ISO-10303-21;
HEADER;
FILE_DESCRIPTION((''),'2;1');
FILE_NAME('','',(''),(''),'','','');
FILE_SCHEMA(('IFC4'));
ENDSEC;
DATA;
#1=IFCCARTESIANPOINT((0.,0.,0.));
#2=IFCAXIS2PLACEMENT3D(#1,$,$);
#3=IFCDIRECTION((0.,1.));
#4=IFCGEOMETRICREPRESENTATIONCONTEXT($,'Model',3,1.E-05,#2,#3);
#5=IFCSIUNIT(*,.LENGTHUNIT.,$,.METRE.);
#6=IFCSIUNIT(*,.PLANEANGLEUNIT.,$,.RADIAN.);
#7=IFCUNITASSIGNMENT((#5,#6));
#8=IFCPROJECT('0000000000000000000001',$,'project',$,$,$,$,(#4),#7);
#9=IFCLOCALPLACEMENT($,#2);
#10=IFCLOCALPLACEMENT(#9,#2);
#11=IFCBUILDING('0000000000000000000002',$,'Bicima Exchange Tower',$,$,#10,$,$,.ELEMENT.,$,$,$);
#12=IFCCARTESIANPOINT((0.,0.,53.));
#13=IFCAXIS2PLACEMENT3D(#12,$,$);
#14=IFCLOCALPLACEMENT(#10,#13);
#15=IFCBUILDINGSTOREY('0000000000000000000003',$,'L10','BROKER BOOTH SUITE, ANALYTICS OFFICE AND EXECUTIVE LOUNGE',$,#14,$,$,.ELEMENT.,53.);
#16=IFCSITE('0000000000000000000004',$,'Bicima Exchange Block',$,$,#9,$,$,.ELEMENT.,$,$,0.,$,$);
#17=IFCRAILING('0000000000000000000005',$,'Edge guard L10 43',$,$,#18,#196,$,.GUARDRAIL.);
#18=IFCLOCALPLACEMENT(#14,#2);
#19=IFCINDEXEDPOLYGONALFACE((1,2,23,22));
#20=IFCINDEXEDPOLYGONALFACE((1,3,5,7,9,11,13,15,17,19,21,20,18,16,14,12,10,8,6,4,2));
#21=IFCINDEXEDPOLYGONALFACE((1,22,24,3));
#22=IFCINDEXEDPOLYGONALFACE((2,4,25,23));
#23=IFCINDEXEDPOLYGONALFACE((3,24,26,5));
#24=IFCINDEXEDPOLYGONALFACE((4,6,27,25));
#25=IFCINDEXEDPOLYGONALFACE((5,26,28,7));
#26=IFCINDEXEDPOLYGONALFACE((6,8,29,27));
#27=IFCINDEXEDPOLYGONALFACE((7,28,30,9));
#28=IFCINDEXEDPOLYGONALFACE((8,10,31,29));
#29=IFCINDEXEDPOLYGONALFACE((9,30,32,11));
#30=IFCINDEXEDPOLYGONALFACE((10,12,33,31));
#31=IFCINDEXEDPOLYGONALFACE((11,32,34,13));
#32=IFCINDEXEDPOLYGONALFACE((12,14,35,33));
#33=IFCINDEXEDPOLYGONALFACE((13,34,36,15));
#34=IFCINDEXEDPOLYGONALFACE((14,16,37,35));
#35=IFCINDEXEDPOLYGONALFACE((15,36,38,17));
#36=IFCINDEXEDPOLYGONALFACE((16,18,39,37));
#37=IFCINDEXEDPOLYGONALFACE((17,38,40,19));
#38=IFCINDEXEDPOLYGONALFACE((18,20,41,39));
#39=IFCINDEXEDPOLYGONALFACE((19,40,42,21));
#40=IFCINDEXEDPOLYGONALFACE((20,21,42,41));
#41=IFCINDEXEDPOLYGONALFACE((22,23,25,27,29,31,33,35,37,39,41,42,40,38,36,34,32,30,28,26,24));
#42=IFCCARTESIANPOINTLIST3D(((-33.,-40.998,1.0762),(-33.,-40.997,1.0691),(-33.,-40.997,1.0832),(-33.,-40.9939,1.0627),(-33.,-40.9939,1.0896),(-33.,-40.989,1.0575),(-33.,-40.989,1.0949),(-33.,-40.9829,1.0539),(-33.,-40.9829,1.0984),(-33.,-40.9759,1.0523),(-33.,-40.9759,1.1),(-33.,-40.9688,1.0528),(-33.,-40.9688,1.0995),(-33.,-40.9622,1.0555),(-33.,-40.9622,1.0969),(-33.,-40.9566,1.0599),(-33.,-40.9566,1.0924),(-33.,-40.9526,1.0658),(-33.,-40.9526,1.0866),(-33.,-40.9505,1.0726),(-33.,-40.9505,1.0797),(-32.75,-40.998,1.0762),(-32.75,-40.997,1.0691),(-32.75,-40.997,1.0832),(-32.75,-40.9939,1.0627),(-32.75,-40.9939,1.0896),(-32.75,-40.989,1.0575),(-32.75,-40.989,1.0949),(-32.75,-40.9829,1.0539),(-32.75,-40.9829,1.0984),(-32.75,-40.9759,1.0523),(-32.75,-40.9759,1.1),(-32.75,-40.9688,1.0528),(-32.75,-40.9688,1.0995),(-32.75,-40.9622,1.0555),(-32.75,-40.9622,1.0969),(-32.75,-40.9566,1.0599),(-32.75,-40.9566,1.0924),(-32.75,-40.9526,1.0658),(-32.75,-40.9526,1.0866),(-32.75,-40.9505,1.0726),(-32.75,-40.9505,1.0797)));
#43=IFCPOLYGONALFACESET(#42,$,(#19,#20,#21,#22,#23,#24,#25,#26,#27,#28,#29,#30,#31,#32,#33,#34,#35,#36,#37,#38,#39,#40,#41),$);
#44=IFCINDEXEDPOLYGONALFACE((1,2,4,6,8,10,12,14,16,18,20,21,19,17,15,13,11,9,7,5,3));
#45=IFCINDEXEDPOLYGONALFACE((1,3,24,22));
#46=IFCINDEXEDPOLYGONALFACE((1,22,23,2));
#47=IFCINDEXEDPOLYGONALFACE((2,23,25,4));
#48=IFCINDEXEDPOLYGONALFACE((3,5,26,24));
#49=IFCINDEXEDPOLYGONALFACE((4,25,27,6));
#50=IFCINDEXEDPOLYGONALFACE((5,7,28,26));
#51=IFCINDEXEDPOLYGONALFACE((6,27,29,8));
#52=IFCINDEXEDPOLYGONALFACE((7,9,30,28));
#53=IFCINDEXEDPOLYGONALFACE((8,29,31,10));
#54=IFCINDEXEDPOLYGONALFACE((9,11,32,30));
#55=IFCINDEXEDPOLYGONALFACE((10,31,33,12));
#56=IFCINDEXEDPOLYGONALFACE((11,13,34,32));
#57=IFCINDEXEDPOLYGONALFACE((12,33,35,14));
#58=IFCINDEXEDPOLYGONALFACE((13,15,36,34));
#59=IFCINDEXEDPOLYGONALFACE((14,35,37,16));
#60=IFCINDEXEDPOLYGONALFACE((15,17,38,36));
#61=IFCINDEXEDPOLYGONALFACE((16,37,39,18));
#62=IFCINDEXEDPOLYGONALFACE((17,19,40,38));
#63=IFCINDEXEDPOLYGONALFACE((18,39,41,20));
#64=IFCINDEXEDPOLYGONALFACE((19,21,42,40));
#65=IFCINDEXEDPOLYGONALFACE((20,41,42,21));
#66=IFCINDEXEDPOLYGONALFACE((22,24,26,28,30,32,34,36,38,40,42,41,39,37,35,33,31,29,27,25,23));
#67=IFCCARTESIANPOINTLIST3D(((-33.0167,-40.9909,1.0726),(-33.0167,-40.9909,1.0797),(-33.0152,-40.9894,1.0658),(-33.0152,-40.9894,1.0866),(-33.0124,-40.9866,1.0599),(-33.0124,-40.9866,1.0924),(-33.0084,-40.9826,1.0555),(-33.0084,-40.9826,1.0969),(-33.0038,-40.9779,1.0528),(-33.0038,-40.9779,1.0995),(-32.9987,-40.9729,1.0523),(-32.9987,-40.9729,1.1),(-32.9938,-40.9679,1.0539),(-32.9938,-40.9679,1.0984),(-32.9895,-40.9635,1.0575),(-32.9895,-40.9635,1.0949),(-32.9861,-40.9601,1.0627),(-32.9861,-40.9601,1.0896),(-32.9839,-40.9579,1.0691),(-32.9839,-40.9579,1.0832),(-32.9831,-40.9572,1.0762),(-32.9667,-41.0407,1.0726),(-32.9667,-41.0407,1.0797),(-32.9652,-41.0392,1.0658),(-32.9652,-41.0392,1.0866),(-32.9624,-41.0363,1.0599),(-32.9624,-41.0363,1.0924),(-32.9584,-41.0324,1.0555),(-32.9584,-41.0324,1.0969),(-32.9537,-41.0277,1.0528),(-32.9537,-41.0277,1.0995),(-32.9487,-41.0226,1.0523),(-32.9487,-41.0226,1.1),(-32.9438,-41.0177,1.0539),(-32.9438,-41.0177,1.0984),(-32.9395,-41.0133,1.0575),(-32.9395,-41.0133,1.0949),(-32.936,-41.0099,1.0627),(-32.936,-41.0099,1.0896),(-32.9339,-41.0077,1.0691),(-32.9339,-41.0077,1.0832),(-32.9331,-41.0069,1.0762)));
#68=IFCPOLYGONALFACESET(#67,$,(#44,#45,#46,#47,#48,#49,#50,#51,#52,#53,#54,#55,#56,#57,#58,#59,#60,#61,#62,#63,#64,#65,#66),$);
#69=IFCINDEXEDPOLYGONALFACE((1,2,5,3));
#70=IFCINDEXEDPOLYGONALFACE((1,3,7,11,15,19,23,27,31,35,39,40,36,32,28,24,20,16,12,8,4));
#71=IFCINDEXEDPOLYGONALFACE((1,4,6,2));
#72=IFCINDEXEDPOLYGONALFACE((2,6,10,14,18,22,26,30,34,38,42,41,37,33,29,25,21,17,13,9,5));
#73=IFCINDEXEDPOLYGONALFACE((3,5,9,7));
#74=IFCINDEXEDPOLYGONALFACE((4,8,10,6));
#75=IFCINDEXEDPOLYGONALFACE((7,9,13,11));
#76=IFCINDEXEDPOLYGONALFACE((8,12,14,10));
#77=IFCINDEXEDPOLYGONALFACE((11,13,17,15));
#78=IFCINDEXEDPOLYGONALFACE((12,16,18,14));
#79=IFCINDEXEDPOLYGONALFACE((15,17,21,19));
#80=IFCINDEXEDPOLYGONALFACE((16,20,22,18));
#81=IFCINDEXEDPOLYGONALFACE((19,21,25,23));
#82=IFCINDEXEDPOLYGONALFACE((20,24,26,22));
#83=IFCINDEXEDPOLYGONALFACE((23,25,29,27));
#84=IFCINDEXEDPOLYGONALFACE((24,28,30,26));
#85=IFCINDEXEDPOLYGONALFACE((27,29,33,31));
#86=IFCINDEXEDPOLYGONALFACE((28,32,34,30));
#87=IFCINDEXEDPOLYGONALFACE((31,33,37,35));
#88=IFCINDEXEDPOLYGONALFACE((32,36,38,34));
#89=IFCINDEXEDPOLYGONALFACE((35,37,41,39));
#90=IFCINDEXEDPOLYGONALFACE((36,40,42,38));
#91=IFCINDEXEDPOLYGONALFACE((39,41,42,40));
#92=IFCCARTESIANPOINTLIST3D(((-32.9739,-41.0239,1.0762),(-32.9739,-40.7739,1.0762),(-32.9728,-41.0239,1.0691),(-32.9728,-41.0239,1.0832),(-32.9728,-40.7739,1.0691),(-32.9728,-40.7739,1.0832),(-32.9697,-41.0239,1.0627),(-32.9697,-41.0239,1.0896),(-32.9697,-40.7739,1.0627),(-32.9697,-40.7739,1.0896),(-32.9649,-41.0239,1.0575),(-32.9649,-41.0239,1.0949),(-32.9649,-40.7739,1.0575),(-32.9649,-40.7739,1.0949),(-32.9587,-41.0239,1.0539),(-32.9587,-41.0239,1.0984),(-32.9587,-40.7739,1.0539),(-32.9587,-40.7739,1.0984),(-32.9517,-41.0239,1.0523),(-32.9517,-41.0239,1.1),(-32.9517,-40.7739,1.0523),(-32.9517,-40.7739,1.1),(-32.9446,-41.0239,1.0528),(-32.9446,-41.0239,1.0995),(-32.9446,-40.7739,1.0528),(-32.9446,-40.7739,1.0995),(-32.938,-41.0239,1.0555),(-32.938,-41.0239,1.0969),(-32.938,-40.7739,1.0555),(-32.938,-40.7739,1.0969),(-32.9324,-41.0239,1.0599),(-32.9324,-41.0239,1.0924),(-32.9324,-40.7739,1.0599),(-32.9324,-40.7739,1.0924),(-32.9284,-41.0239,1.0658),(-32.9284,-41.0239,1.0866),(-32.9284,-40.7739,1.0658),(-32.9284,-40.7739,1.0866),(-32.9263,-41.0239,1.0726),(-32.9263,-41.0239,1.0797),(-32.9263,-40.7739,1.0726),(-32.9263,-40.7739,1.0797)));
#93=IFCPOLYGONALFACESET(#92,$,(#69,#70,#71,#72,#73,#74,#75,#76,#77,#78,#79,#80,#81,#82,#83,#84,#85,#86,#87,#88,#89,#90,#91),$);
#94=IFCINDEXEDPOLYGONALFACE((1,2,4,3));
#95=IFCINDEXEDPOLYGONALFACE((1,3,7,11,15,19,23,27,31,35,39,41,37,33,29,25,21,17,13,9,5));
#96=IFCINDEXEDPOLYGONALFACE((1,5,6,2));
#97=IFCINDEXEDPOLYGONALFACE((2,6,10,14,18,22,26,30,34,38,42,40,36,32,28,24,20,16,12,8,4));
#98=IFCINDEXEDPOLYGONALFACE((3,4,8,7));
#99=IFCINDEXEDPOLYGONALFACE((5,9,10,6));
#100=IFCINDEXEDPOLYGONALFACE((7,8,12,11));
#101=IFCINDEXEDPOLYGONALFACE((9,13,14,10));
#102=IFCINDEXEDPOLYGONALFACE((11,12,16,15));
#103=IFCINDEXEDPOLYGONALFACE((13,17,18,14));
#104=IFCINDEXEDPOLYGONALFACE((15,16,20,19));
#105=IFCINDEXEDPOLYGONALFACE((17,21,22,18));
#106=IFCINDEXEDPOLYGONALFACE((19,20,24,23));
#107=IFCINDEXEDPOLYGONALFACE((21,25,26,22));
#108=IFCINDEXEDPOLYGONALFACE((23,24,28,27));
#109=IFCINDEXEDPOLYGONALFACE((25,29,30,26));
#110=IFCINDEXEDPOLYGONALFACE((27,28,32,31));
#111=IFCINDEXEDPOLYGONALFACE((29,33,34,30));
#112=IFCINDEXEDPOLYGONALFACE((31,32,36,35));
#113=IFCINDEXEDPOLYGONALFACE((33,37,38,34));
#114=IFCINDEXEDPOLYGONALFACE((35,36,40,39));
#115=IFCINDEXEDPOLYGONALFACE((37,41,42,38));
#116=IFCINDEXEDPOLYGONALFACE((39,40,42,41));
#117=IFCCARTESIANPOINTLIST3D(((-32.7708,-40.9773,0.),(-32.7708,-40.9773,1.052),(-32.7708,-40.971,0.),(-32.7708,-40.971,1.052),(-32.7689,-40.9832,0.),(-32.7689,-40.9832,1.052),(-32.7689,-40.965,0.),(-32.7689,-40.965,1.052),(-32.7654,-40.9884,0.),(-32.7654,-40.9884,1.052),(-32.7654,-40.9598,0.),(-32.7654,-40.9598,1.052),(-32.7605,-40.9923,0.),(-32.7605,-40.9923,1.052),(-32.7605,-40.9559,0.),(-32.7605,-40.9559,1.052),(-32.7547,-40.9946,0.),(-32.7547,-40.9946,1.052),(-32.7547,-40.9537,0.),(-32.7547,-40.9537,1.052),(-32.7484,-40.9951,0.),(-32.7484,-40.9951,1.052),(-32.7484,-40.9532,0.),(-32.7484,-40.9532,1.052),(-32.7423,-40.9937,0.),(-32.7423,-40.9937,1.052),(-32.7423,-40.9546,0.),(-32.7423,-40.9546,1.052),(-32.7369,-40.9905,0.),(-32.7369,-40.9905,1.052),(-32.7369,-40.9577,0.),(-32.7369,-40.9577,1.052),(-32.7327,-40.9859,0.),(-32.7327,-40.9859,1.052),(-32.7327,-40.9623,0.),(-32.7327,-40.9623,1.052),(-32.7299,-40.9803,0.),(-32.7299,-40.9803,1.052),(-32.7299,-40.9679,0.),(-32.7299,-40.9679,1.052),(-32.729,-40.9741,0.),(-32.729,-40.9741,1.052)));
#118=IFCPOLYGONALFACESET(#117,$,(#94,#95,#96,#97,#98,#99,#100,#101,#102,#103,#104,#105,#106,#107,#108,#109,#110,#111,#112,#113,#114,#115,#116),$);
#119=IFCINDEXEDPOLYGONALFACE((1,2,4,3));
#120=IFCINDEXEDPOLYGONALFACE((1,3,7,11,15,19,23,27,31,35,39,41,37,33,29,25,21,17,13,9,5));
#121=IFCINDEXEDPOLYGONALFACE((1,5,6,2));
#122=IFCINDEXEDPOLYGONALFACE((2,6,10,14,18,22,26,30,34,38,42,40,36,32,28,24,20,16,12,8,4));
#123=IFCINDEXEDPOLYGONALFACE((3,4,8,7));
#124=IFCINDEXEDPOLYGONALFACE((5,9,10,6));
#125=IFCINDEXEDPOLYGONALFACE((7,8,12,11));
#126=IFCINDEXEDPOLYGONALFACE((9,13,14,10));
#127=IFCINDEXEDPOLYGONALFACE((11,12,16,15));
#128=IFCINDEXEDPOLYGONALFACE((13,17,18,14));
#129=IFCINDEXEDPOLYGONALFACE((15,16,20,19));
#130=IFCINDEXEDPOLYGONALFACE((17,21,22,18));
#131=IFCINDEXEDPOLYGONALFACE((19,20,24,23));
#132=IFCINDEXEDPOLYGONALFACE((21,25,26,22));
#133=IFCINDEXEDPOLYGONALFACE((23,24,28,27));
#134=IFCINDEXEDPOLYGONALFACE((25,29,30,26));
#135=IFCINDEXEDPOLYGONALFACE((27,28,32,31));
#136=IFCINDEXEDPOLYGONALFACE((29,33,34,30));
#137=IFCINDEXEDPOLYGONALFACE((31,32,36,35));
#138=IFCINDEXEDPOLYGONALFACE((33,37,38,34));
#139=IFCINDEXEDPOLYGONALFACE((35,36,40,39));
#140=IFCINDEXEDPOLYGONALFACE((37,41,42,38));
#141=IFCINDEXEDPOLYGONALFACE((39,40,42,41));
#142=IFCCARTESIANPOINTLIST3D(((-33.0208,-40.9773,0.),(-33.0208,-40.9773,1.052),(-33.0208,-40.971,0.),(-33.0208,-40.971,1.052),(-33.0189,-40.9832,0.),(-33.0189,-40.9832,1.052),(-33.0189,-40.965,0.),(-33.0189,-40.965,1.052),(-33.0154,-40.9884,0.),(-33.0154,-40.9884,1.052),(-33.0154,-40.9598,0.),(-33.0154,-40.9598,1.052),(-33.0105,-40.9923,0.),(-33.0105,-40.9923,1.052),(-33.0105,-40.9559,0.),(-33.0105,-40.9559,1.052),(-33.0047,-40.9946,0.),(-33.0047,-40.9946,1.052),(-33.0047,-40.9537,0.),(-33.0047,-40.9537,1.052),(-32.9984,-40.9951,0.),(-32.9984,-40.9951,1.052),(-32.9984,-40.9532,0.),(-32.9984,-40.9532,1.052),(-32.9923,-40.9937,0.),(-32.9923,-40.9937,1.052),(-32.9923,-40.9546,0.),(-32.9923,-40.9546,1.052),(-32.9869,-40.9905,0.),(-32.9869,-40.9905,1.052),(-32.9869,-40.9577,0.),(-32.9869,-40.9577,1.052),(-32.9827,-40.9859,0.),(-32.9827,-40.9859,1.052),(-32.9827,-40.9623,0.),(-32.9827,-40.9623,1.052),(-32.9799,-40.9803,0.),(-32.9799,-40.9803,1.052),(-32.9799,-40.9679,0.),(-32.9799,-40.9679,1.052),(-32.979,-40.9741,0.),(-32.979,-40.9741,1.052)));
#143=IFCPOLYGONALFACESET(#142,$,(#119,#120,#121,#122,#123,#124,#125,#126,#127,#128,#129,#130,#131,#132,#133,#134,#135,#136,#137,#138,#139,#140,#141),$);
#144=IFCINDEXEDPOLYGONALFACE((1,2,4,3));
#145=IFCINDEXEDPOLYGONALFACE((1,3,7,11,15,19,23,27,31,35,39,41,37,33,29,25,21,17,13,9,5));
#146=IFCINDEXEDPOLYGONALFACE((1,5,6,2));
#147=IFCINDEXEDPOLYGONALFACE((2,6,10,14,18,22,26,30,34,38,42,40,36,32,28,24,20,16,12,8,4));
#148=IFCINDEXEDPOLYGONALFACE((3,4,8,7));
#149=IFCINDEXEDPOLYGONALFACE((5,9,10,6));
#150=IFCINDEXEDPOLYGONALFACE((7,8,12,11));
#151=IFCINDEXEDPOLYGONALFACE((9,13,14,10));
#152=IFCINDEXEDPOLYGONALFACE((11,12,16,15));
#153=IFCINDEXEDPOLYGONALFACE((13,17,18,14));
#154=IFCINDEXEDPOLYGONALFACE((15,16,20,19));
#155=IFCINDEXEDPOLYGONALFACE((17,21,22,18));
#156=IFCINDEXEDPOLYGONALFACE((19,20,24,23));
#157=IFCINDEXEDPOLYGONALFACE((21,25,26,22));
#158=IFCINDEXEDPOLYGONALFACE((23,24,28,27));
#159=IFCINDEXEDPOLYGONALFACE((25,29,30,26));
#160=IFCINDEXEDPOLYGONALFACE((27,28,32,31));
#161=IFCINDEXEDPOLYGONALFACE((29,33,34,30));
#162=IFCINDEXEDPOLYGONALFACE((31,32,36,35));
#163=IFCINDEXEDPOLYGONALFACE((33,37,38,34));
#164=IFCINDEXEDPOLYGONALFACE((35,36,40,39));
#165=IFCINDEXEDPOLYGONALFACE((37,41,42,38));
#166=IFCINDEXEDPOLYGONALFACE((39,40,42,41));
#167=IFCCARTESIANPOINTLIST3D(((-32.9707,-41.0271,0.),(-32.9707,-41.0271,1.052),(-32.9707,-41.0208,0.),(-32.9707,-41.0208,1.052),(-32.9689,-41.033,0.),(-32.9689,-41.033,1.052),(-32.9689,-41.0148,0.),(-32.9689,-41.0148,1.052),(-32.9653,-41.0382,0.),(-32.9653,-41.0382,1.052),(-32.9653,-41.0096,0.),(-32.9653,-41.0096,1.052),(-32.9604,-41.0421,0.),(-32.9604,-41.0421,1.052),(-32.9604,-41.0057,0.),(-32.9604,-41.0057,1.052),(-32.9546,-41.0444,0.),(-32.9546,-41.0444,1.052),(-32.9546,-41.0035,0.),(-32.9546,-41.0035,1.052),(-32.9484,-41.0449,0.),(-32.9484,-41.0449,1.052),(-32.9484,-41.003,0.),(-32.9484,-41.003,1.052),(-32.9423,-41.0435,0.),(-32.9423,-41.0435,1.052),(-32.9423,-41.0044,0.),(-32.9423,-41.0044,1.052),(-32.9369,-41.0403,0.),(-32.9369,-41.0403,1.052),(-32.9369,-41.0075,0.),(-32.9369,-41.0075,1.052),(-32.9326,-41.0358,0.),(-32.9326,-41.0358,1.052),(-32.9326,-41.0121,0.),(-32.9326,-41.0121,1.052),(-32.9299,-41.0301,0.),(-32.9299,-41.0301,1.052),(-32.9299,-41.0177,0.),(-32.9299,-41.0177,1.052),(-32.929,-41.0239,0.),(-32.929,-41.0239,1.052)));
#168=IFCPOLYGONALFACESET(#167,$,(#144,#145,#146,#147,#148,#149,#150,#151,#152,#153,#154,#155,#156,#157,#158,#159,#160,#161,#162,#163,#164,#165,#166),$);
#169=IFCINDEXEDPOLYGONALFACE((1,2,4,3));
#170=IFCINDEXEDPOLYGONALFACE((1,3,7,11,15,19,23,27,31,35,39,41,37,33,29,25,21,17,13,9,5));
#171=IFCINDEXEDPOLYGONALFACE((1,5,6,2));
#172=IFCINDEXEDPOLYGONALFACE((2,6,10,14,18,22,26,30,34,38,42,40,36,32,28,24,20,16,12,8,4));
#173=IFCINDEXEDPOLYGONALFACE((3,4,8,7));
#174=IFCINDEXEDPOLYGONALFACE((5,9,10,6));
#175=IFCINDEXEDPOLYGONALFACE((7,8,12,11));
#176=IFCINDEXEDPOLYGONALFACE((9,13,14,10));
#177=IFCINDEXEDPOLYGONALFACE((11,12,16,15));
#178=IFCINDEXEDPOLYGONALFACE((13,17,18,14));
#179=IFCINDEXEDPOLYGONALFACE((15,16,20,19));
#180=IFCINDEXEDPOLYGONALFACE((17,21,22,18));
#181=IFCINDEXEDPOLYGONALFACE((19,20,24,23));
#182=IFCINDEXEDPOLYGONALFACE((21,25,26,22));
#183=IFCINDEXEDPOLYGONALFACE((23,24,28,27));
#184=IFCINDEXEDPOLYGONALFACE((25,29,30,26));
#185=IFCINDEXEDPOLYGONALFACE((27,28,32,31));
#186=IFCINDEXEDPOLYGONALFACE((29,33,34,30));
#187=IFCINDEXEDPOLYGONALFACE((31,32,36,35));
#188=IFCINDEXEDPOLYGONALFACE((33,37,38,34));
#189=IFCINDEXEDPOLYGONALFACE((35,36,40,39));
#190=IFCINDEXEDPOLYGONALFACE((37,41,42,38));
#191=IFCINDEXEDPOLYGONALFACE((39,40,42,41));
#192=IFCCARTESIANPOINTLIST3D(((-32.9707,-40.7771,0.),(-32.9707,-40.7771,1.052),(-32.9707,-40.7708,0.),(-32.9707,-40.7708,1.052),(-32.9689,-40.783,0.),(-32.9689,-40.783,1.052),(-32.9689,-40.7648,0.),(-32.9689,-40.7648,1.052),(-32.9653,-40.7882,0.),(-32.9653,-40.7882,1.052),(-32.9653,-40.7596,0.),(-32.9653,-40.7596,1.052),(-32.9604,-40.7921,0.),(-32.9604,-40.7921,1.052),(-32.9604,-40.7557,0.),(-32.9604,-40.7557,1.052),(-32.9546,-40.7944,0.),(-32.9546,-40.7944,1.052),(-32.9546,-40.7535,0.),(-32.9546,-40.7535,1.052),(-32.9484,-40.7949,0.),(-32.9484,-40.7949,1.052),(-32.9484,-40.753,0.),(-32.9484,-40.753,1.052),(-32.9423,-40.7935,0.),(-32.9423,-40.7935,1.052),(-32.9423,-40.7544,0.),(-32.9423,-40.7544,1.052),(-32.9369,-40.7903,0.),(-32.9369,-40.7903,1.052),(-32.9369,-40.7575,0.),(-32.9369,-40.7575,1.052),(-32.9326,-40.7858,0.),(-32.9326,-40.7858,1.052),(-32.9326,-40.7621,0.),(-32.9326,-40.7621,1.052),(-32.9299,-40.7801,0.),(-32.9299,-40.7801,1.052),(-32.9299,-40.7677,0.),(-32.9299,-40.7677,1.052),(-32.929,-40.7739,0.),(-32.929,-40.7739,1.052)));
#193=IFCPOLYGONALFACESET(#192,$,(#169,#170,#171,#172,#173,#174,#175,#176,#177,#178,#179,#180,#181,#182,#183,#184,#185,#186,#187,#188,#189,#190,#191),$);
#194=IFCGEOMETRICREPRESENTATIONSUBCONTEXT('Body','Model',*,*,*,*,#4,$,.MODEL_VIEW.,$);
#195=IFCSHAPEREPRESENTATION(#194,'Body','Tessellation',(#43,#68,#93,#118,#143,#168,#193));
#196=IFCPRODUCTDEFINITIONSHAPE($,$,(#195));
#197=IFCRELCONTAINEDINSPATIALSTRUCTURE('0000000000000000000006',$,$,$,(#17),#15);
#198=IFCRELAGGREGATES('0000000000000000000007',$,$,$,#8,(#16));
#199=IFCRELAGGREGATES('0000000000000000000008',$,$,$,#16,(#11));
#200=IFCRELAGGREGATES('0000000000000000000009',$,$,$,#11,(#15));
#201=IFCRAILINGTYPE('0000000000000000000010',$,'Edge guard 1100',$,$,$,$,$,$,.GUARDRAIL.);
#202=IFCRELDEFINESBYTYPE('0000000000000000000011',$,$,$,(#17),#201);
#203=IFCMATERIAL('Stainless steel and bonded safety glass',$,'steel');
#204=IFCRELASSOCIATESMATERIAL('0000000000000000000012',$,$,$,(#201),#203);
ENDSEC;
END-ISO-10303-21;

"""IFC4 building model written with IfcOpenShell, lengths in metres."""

from ifc_helpers import new_model, si_unit, direction, frame, origin, origin_2d, place, context, subcontext, project, spatial, circle, extrude, material, type_object, element, save


model = new_model("IFC4")

# Units and contexts
model_context = context("Model", 3, precision=1e-05, world=origin(), true_north=direction((0.0, 1.0)))
body_context = subcontext(model_context, "Body", "Model", "MODEL_VIEW")
ifc_project = project(units=[si_unit("LENGTHUNIT", "METRE"), si_unit("PLANEANGLEUNIT", "RADIAN")], contexts=[model_context])

# Site, building, storey
site_placement = place(None, origin())
site = spatial("IfcSite", under=ifc_project, at=site_placement, Name="Bicima Exchange Block", CompositionType="ELEMENT", RefElevation=0.0)
building_placement = place(site_placement, origin())
building = spatial("IfcBuilding", under=site, at=building_placement, Name="Bicima Exchange Tower", CompositionType="ELEMENT")
storey_placement = place(building_placement, frame((0.0, 0.0, 53.0)))
storey = spatial("IfcBuildingStorey", under=building, at=storey_placement, Name="L10", Description="BROKER BOOTH SUITE, ANALYTICS OFFICE AND EXECUTIVE LOUNGE", CompositionType="ELEMENT", Elevation=53.0)

# Railing
ifc_material_1 = material(Name="Stainless steel and bonded safety glass", Category="steel")
railing_type = type_object("IfcRailingType", Name="Edge guard 1100", PredefinedType="GUARDRAIL", material=ifc_material_1)
railing_1_placement = place(storey_placement, frame((-32.75, -40.9741, 0.0)))
element("IfcRailing", 1, at=railing_1_placement, inside=storey, type_object=railing_type, Name="Edge guard L10 43", PredefinedType="GUARDRAIL", context=body_context, shape_type="SweptSolid", body=[
    extrude(circle(Radius=0.0239, at=origin_2d()), frame((0.0, 0.0, 1.0762), z_axis=(-1.0, 0.0, 0.0), x_axis=(0.0, -1.0, 0.0)), (0.0, 0.0, 1.0), 0.25),
    extrude(circle(Radius=0.0239, at=origin_2d()), frame((-0.25, 0.0, 1.0762), z_axis=(0.708834, -0.705376, 0.0), x_axis=(0.705376, 0.708834, 0.0)), (0.0, 0.0, 1.0), 0.0706),
    extrude(circle(Radius=0.0239, at=origin_2d()), frame((-0.2, -0.0498, 1.0762), z_axis=(0.0, 1.0, 0.0), x_axis=(-1.0, 0.0, 0.0)), (0.0, 0.0, 1.0), 0.25),
    extrude(circle(Radius=0.021, at=origin_2d()), origin(), (0.0, 0.0, 1.0), 1.052),
    extrude(circle(Radius=0.021, at=origin_2d()), frame((-0.25, 0.0, 0.0)), (0.0, 0.0, 1.0), 1.052),
    extrude(circle(Radius=0.021, at=origin_2d()), frame((-0.2, -0.0498, 0.0)), (0.0, 0.0, 1.0), 1.052),
    extrude(circle(Radius=0.021, at=origin_2d()), frame((-0.2, 0.2002, 0.0)), (0.0, 0.0, 1.0), 1.052),
])

save(model, "model.ifc")
